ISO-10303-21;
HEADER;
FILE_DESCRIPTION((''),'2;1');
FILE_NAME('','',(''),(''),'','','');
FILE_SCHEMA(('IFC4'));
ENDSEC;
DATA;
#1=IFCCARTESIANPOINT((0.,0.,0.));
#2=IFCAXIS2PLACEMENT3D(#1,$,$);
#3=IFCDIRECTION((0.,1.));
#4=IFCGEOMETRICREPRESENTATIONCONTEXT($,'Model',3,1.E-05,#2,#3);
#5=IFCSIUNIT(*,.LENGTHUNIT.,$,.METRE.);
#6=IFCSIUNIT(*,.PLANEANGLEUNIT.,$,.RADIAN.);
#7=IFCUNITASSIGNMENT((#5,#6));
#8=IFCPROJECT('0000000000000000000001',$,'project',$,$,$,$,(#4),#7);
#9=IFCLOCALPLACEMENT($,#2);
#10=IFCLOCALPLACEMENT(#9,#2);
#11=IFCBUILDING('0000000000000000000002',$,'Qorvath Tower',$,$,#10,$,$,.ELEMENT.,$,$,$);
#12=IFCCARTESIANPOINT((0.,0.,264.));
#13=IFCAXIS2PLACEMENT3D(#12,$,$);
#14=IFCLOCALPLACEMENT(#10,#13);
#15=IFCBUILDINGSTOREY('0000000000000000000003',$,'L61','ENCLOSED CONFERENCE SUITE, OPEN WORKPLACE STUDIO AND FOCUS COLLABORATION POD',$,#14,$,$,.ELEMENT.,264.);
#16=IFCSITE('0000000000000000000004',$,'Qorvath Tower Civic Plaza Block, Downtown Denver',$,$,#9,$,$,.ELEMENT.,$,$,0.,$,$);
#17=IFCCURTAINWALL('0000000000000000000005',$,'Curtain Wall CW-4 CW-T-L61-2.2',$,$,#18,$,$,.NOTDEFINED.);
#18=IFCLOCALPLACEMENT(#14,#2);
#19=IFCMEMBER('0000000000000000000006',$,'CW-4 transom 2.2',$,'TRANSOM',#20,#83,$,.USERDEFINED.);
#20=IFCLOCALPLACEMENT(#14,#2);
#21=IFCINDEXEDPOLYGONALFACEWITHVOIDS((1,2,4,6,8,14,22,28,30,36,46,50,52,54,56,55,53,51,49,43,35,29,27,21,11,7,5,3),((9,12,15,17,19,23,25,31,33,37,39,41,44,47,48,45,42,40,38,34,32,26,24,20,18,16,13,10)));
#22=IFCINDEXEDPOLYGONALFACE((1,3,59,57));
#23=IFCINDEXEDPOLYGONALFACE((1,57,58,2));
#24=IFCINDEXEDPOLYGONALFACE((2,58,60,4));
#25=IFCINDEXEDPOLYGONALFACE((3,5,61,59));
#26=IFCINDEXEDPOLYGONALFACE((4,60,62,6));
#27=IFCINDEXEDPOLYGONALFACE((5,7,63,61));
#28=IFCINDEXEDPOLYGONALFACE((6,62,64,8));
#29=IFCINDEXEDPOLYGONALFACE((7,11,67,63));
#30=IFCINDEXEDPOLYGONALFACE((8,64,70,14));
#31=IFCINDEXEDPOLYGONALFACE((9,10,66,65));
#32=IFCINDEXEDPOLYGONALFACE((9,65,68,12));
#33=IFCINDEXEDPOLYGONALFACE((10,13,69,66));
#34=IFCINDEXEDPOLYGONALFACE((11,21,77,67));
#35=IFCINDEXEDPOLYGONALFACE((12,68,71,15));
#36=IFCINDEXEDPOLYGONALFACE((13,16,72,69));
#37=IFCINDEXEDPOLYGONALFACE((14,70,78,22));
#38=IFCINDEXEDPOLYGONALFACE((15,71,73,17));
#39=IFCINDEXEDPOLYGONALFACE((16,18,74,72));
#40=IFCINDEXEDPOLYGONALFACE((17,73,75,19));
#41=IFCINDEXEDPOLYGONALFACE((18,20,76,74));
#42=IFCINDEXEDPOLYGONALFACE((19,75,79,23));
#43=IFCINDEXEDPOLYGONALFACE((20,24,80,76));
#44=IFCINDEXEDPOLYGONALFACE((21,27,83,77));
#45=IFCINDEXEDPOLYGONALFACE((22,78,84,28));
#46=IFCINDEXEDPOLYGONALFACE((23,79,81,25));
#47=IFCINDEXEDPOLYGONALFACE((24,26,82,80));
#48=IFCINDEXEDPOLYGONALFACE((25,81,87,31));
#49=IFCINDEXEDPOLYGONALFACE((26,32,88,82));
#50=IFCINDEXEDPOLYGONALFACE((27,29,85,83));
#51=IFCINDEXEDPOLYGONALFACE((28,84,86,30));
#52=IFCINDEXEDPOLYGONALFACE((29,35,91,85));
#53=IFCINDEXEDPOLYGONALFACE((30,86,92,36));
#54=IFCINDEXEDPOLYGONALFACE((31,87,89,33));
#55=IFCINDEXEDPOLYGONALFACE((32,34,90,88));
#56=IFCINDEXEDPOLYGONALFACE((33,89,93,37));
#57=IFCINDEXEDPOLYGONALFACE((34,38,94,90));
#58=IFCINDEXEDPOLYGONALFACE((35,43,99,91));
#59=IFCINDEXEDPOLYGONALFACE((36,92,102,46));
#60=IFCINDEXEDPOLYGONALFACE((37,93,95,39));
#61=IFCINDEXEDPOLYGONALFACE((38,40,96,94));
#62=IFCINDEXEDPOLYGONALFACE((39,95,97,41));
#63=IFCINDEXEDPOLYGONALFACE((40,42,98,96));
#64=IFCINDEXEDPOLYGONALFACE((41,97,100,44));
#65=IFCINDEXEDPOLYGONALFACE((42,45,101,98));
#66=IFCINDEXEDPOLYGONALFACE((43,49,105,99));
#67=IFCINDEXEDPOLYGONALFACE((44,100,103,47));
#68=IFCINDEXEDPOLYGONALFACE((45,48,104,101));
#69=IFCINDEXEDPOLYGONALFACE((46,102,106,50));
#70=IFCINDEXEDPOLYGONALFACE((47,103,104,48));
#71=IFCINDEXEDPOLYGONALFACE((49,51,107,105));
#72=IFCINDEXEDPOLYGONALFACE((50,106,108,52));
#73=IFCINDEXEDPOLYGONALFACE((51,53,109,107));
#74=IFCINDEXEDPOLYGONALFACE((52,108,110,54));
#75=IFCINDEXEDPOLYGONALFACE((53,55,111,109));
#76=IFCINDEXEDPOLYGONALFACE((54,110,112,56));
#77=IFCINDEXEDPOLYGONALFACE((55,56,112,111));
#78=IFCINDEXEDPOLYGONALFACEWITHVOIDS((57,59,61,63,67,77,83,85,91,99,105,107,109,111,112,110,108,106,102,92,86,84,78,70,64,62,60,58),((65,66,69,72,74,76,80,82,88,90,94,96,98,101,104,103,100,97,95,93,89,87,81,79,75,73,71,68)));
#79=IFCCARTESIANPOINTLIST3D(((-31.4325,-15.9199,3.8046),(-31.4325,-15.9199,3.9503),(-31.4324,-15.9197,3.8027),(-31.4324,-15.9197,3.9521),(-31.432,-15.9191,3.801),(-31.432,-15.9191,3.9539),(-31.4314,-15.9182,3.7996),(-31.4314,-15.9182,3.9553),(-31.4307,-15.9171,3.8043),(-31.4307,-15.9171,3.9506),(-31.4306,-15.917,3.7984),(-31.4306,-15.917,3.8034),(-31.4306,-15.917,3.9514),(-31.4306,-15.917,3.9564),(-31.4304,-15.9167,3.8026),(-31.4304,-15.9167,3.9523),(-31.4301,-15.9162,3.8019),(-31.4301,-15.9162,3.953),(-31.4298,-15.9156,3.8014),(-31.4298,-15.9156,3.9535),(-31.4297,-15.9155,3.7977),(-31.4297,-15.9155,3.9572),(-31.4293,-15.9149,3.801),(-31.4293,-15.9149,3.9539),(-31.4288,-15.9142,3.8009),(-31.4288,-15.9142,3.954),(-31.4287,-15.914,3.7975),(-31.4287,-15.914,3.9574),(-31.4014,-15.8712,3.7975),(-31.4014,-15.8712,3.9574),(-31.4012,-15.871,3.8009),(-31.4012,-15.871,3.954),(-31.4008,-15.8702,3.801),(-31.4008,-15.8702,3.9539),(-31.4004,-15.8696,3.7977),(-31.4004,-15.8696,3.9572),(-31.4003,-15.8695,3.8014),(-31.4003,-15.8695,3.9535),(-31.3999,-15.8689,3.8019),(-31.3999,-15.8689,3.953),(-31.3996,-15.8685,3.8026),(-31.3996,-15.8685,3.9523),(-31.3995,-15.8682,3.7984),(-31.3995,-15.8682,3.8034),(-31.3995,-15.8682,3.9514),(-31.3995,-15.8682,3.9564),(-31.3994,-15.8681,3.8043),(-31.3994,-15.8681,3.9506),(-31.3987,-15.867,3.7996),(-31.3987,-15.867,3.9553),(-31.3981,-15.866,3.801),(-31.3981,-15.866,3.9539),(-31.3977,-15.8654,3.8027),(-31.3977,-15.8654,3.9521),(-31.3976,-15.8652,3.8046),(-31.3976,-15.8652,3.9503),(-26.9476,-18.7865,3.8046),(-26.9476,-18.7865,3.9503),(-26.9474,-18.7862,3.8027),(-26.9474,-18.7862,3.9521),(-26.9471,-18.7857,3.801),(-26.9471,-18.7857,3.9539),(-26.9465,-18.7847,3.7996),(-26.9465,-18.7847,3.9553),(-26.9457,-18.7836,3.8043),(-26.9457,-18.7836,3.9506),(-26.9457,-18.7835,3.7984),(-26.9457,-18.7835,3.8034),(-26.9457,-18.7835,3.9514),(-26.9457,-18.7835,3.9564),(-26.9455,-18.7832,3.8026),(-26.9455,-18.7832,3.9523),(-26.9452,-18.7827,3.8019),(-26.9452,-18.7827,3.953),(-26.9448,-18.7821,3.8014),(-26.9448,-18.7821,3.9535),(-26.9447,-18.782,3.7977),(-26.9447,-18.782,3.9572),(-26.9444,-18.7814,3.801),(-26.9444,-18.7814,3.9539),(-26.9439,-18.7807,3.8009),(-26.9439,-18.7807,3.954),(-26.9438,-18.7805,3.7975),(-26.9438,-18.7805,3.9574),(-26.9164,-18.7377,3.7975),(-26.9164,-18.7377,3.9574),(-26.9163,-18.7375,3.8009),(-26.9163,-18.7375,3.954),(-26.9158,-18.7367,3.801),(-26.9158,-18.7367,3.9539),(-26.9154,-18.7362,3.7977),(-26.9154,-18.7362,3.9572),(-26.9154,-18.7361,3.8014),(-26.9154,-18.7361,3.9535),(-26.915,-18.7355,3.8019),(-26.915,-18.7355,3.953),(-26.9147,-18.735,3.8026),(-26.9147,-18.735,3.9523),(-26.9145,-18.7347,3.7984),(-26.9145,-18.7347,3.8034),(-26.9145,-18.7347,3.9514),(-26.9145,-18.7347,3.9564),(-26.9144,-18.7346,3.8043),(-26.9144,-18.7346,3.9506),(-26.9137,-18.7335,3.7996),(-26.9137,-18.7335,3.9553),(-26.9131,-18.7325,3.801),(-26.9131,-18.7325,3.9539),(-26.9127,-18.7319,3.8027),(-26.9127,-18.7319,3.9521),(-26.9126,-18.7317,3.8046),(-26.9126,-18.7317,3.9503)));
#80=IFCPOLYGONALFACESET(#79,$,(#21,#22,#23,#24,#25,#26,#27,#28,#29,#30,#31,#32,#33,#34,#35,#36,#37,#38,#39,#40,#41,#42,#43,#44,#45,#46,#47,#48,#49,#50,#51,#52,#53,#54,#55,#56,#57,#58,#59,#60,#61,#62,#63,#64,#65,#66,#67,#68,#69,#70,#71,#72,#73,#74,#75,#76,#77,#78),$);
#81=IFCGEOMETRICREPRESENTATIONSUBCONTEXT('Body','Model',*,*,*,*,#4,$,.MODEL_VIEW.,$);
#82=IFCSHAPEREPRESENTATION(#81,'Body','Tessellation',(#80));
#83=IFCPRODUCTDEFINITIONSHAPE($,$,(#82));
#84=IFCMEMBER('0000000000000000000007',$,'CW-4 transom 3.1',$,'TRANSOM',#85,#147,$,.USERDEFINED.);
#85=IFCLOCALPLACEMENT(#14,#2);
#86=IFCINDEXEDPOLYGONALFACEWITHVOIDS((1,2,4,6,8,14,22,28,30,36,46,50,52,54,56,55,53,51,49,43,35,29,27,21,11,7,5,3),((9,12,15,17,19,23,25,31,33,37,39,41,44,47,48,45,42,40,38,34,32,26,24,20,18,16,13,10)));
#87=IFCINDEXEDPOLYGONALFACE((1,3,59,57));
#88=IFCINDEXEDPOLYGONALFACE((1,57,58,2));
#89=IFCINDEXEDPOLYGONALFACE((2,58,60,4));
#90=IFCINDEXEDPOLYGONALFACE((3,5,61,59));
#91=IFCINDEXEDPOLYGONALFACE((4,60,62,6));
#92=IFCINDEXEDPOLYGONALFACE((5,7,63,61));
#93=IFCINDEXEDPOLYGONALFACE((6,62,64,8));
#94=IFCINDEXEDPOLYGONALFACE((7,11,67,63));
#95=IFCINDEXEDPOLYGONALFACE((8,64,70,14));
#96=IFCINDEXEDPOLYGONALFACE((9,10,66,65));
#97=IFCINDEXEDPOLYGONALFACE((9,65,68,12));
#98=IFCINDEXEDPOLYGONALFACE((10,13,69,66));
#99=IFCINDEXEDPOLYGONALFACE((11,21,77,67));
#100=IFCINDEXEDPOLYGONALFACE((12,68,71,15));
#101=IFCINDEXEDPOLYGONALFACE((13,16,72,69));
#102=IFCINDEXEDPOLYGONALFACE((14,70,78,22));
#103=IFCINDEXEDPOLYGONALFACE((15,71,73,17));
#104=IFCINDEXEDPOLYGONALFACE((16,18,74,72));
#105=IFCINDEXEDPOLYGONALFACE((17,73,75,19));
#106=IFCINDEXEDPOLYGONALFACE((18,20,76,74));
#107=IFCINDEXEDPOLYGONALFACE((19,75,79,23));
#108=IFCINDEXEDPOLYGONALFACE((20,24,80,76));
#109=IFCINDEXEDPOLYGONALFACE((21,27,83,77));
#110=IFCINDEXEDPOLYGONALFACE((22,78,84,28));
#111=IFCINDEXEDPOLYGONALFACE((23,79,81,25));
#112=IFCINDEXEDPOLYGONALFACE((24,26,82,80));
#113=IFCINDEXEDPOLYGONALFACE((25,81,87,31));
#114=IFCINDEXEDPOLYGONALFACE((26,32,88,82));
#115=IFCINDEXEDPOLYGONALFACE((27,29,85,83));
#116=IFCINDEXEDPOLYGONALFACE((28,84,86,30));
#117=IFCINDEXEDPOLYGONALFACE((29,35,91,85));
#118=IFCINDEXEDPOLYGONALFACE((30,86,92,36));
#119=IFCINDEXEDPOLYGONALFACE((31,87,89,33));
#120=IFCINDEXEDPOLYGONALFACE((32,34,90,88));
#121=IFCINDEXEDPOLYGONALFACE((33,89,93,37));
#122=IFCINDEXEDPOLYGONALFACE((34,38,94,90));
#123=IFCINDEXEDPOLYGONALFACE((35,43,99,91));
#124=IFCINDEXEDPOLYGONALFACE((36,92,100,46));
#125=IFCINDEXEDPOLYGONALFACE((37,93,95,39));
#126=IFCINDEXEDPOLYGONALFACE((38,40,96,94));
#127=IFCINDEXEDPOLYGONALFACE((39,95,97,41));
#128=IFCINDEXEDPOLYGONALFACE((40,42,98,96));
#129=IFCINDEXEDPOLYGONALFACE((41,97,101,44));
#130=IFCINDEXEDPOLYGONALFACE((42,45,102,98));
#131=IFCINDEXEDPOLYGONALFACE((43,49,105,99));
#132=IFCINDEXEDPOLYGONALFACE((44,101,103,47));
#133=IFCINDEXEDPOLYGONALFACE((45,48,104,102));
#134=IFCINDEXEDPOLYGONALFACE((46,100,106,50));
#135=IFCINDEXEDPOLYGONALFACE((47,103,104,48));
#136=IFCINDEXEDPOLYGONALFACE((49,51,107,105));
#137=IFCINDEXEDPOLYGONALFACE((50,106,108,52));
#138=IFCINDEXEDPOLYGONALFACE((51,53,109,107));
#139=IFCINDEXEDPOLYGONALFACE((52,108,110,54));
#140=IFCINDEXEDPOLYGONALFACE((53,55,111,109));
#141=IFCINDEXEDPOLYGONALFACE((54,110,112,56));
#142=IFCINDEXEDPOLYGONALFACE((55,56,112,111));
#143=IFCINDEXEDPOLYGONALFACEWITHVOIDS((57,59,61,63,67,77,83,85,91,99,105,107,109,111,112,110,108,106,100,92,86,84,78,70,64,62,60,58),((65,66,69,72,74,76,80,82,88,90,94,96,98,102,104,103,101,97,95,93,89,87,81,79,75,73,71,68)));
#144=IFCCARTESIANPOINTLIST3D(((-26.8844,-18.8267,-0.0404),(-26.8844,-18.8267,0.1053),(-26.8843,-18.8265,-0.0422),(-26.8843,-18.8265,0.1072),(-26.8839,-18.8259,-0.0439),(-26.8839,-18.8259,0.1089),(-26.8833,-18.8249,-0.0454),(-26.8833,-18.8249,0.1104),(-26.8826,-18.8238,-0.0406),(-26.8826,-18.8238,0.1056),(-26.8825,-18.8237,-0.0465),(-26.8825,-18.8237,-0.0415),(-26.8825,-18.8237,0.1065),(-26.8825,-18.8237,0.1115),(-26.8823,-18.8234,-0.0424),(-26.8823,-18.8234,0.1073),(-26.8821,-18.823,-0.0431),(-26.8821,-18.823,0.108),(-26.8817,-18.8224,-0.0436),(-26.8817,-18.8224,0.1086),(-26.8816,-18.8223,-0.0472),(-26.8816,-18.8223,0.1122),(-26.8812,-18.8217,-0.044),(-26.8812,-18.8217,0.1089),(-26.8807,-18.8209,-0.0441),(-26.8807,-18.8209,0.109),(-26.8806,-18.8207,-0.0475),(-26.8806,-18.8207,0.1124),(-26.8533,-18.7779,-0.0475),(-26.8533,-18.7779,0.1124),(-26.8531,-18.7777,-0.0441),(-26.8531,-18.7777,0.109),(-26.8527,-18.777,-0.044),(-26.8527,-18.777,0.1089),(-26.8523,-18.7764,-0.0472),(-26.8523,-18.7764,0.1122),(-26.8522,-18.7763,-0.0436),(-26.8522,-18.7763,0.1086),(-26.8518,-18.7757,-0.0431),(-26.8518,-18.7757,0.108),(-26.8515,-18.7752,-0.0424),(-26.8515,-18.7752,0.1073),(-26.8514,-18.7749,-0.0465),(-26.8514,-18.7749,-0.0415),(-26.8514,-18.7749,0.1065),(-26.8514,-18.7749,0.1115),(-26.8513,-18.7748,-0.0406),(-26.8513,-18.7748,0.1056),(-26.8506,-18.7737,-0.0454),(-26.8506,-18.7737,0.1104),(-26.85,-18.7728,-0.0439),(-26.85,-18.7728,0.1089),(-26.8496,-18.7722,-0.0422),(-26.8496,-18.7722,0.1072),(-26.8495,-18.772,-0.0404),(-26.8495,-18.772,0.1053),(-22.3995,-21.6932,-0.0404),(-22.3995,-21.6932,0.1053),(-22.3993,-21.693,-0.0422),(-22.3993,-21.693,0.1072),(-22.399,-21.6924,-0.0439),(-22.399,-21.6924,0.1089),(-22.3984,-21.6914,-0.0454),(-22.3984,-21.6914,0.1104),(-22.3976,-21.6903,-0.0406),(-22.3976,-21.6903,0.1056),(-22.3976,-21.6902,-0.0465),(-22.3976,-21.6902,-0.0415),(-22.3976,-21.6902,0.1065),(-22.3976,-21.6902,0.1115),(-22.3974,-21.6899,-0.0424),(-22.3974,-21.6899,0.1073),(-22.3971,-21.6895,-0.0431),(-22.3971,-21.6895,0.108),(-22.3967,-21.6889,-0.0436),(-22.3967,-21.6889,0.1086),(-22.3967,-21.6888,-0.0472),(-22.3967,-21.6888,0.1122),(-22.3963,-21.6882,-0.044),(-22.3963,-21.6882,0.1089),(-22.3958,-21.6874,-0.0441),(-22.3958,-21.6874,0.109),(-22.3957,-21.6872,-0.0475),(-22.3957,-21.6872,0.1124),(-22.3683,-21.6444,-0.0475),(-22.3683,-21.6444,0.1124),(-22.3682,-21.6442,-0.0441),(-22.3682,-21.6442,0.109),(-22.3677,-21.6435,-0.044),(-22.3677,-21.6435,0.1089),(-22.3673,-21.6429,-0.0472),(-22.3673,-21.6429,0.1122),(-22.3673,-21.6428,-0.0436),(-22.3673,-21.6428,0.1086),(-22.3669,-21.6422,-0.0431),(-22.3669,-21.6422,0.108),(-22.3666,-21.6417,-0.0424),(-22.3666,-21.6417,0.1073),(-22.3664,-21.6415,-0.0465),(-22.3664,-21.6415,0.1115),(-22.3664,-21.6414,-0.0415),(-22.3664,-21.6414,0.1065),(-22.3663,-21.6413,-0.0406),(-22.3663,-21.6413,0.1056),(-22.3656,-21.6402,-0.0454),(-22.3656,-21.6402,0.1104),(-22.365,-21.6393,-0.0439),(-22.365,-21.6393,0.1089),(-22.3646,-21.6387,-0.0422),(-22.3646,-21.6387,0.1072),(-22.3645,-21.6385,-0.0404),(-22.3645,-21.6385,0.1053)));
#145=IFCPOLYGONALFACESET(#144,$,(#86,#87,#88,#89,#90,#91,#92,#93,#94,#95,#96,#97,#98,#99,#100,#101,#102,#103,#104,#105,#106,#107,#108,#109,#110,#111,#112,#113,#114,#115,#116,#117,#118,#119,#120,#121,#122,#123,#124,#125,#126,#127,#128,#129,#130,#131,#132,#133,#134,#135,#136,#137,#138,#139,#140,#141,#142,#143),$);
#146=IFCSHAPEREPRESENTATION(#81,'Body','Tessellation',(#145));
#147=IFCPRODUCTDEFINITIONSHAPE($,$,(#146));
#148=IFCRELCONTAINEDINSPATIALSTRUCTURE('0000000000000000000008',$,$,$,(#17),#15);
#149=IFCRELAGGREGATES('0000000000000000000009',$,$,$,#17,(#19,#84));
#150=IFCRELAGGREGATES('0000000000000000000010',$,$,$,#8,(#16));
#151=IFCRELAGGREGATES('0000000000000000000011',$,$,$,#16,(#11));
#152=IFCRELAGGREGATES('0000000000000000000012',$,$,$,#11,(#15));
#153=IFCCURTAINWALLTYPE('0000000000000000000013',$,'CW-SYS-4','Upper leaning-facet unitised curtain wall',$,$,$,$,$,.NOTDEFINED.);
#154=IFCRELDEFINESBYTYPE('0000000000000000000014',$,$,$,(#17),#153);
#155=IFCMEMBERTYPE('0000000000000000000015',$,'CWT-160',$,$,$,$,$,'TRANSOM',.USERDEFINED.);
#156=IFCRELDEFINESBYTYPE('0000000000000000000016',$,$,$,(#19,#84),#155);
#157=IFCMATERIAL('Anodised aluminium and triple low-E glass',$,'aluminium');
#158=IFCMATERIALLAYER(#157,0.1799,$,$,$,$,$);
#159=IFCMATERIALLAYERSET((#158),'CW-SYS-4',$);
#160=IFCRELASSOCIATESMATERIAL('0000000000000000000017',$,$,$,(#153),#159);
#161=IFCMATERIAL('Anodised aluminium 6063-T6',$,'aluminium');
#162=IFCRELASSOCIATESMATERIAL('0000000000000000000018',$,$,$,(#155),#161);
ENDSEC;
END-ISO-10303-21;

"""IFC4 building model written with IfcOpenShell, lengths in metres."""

from ifc_helpers import new_model, si_unit, direction, frame, origin, origin_2d, place, context, subcontext, project, spatial, hollow_rectangle, extrude, material, layer, layer_set, material_profile, profile_set, type_object, element, aggregate, save


model = new_model("IFC4")

# Units and contexts
model_context = context("Model", 3, precision=1e-05, world=origin(), true_north=direction((0.0, 1.0)))
body_context = subcontext(model_context, "Body", "Model", "MODEL_VIEW")
ifc_project = project(units=[si_unit("LENGTHUNIT", "METRE"), si_unit("PLANEANGLEUNIT", "RADIAN")], contexts=[model_context])

# Site, building, storey
site_placement = place(None, origin())
site = spatial("IfcSite", under=ifc_project, at=site_placement, Name="Qorvath Tower Civic Plaza Block, Downtown Denver", CompositionType="ELEMENT", RefElevation=0.0)
building_placement = place(site_placement, origin())
building = spatial("IfcBuilding", under=site, at=building_placement, Name="Qorvath Tower", CompositionType="ELEMENT")
storey_placement = place(building_placement, frame((0.0, 0.0, 264.0)))
storey = spatial("IfcBuildingStorey", under=building, at=storey_placement, Name="L61", Description="ENCLOSED CONFERENCE SUITE, OPEN WORKPLACE STUDIO AND FOCUS COLLABORATION POD", CompositionType="ELEMENT", Elevation=264.0)

# Curtain wall, members
ifc_material_1 = material(Name="Anodised aluminium and triple low-E glass", Category="aluminium")
ifc_layer_1 = layer(ifc_material_1, 0.1799)
ifc_layer_set_1 = layer_set([ifc_layer_1], Name="CW-SYS-4")
curtain_wall_type = type_object("IfcCurtainWallType", Name="CW-SYS-4", Description="Upper leaning-facet unitised curtain wall", PredefinedType="NOTDEFINED", material=ifc_layer_set_1)
curtain_wall_placement = place(storey_placement, origin())
curtain_wall = element("IfcCurtainWall", 1, at=curtain_wall_placement, inside=storey, type_object=curtain_wall_type, Name="Curtain Wall CW-4 CW-T-L61-2.2", PredefinedType="NOTDEFINED")
ifc_material_2 = material(Name="Anodised aluminium 6063-T6", Category="aluminium")
ifc_material_profile_1 = material_profile(ifc_material_2, hollow_rectangle(XDim=0.0649, YDim=0.1599, WallThickness=0.0034, InnerFilletRadius=0.0034, OuterFilletRadius=0.0071, at=origin_2d()), Name="CWT 160x65")
ifc_profile_set_1 = profile_set([ifc_material_profile_1], Name="Anodised aluminium 6063-T6")
member_type_1 = type_object("IfcMemberType", Name="CWT-160", ElementType="TRANSOM", PredefinedType="USERDEFINED", material=ifc_profile_set_1)
member_1_placement = place(storey_placement, frame((-31.415, -15.8926, 3.8774), z_axis=(0.8426, -0.538539, 0.0), x_axis=(0.538539, 0.8426, 0.0)))
member_1 = element("IfcMember", 2, at=member_1_placement, type_object=member_type_1, Name="CW-4 transom 2.2", ObjectType="TRANSOM", PredefinedType="USERDEFINED", context=body_context, shape_type="SweptSolid", body=[
    extrude(hollow_rectangle(XDim=0.0649, YDim=0.1599, WallThickness=0.0034, InnerFilletRadius=0.0034, OuterFilletRadius=0.0071, at=origin_2d()), origin(), (0.0, 0.0, 1.0), 5.3228),
])
member_2_placement = place(storey_placement, frame((-26.8669, -18.7993, 0.0325), z_axis=(0.8426, -0.538539, 0.0), x_axis=(0.538539, 0.8426, 0.0)))
member_2 = element("IfcMember", 3, at=member_2_placement, type_object=member_type_1, Name="CW-4 transom 3.1", ObjectType="TRANSOM", PredefinedType="USERDEFINED", context=body_context, shape_type="SweptSolid", body=[
    extrude(hollow_rectangle(XDim=0.0649, YDim=0.1599, WallThickness=0.0034, InnerFilletRadius=0.0034, OuterFilletRadius=0.0071, at=origin_2d()), origin(), (0.0, 0.0, 1.0), 5.3228),
])
aggregate(curtain_wall, [member_1, member_2])

save(model, "model.ifc")
